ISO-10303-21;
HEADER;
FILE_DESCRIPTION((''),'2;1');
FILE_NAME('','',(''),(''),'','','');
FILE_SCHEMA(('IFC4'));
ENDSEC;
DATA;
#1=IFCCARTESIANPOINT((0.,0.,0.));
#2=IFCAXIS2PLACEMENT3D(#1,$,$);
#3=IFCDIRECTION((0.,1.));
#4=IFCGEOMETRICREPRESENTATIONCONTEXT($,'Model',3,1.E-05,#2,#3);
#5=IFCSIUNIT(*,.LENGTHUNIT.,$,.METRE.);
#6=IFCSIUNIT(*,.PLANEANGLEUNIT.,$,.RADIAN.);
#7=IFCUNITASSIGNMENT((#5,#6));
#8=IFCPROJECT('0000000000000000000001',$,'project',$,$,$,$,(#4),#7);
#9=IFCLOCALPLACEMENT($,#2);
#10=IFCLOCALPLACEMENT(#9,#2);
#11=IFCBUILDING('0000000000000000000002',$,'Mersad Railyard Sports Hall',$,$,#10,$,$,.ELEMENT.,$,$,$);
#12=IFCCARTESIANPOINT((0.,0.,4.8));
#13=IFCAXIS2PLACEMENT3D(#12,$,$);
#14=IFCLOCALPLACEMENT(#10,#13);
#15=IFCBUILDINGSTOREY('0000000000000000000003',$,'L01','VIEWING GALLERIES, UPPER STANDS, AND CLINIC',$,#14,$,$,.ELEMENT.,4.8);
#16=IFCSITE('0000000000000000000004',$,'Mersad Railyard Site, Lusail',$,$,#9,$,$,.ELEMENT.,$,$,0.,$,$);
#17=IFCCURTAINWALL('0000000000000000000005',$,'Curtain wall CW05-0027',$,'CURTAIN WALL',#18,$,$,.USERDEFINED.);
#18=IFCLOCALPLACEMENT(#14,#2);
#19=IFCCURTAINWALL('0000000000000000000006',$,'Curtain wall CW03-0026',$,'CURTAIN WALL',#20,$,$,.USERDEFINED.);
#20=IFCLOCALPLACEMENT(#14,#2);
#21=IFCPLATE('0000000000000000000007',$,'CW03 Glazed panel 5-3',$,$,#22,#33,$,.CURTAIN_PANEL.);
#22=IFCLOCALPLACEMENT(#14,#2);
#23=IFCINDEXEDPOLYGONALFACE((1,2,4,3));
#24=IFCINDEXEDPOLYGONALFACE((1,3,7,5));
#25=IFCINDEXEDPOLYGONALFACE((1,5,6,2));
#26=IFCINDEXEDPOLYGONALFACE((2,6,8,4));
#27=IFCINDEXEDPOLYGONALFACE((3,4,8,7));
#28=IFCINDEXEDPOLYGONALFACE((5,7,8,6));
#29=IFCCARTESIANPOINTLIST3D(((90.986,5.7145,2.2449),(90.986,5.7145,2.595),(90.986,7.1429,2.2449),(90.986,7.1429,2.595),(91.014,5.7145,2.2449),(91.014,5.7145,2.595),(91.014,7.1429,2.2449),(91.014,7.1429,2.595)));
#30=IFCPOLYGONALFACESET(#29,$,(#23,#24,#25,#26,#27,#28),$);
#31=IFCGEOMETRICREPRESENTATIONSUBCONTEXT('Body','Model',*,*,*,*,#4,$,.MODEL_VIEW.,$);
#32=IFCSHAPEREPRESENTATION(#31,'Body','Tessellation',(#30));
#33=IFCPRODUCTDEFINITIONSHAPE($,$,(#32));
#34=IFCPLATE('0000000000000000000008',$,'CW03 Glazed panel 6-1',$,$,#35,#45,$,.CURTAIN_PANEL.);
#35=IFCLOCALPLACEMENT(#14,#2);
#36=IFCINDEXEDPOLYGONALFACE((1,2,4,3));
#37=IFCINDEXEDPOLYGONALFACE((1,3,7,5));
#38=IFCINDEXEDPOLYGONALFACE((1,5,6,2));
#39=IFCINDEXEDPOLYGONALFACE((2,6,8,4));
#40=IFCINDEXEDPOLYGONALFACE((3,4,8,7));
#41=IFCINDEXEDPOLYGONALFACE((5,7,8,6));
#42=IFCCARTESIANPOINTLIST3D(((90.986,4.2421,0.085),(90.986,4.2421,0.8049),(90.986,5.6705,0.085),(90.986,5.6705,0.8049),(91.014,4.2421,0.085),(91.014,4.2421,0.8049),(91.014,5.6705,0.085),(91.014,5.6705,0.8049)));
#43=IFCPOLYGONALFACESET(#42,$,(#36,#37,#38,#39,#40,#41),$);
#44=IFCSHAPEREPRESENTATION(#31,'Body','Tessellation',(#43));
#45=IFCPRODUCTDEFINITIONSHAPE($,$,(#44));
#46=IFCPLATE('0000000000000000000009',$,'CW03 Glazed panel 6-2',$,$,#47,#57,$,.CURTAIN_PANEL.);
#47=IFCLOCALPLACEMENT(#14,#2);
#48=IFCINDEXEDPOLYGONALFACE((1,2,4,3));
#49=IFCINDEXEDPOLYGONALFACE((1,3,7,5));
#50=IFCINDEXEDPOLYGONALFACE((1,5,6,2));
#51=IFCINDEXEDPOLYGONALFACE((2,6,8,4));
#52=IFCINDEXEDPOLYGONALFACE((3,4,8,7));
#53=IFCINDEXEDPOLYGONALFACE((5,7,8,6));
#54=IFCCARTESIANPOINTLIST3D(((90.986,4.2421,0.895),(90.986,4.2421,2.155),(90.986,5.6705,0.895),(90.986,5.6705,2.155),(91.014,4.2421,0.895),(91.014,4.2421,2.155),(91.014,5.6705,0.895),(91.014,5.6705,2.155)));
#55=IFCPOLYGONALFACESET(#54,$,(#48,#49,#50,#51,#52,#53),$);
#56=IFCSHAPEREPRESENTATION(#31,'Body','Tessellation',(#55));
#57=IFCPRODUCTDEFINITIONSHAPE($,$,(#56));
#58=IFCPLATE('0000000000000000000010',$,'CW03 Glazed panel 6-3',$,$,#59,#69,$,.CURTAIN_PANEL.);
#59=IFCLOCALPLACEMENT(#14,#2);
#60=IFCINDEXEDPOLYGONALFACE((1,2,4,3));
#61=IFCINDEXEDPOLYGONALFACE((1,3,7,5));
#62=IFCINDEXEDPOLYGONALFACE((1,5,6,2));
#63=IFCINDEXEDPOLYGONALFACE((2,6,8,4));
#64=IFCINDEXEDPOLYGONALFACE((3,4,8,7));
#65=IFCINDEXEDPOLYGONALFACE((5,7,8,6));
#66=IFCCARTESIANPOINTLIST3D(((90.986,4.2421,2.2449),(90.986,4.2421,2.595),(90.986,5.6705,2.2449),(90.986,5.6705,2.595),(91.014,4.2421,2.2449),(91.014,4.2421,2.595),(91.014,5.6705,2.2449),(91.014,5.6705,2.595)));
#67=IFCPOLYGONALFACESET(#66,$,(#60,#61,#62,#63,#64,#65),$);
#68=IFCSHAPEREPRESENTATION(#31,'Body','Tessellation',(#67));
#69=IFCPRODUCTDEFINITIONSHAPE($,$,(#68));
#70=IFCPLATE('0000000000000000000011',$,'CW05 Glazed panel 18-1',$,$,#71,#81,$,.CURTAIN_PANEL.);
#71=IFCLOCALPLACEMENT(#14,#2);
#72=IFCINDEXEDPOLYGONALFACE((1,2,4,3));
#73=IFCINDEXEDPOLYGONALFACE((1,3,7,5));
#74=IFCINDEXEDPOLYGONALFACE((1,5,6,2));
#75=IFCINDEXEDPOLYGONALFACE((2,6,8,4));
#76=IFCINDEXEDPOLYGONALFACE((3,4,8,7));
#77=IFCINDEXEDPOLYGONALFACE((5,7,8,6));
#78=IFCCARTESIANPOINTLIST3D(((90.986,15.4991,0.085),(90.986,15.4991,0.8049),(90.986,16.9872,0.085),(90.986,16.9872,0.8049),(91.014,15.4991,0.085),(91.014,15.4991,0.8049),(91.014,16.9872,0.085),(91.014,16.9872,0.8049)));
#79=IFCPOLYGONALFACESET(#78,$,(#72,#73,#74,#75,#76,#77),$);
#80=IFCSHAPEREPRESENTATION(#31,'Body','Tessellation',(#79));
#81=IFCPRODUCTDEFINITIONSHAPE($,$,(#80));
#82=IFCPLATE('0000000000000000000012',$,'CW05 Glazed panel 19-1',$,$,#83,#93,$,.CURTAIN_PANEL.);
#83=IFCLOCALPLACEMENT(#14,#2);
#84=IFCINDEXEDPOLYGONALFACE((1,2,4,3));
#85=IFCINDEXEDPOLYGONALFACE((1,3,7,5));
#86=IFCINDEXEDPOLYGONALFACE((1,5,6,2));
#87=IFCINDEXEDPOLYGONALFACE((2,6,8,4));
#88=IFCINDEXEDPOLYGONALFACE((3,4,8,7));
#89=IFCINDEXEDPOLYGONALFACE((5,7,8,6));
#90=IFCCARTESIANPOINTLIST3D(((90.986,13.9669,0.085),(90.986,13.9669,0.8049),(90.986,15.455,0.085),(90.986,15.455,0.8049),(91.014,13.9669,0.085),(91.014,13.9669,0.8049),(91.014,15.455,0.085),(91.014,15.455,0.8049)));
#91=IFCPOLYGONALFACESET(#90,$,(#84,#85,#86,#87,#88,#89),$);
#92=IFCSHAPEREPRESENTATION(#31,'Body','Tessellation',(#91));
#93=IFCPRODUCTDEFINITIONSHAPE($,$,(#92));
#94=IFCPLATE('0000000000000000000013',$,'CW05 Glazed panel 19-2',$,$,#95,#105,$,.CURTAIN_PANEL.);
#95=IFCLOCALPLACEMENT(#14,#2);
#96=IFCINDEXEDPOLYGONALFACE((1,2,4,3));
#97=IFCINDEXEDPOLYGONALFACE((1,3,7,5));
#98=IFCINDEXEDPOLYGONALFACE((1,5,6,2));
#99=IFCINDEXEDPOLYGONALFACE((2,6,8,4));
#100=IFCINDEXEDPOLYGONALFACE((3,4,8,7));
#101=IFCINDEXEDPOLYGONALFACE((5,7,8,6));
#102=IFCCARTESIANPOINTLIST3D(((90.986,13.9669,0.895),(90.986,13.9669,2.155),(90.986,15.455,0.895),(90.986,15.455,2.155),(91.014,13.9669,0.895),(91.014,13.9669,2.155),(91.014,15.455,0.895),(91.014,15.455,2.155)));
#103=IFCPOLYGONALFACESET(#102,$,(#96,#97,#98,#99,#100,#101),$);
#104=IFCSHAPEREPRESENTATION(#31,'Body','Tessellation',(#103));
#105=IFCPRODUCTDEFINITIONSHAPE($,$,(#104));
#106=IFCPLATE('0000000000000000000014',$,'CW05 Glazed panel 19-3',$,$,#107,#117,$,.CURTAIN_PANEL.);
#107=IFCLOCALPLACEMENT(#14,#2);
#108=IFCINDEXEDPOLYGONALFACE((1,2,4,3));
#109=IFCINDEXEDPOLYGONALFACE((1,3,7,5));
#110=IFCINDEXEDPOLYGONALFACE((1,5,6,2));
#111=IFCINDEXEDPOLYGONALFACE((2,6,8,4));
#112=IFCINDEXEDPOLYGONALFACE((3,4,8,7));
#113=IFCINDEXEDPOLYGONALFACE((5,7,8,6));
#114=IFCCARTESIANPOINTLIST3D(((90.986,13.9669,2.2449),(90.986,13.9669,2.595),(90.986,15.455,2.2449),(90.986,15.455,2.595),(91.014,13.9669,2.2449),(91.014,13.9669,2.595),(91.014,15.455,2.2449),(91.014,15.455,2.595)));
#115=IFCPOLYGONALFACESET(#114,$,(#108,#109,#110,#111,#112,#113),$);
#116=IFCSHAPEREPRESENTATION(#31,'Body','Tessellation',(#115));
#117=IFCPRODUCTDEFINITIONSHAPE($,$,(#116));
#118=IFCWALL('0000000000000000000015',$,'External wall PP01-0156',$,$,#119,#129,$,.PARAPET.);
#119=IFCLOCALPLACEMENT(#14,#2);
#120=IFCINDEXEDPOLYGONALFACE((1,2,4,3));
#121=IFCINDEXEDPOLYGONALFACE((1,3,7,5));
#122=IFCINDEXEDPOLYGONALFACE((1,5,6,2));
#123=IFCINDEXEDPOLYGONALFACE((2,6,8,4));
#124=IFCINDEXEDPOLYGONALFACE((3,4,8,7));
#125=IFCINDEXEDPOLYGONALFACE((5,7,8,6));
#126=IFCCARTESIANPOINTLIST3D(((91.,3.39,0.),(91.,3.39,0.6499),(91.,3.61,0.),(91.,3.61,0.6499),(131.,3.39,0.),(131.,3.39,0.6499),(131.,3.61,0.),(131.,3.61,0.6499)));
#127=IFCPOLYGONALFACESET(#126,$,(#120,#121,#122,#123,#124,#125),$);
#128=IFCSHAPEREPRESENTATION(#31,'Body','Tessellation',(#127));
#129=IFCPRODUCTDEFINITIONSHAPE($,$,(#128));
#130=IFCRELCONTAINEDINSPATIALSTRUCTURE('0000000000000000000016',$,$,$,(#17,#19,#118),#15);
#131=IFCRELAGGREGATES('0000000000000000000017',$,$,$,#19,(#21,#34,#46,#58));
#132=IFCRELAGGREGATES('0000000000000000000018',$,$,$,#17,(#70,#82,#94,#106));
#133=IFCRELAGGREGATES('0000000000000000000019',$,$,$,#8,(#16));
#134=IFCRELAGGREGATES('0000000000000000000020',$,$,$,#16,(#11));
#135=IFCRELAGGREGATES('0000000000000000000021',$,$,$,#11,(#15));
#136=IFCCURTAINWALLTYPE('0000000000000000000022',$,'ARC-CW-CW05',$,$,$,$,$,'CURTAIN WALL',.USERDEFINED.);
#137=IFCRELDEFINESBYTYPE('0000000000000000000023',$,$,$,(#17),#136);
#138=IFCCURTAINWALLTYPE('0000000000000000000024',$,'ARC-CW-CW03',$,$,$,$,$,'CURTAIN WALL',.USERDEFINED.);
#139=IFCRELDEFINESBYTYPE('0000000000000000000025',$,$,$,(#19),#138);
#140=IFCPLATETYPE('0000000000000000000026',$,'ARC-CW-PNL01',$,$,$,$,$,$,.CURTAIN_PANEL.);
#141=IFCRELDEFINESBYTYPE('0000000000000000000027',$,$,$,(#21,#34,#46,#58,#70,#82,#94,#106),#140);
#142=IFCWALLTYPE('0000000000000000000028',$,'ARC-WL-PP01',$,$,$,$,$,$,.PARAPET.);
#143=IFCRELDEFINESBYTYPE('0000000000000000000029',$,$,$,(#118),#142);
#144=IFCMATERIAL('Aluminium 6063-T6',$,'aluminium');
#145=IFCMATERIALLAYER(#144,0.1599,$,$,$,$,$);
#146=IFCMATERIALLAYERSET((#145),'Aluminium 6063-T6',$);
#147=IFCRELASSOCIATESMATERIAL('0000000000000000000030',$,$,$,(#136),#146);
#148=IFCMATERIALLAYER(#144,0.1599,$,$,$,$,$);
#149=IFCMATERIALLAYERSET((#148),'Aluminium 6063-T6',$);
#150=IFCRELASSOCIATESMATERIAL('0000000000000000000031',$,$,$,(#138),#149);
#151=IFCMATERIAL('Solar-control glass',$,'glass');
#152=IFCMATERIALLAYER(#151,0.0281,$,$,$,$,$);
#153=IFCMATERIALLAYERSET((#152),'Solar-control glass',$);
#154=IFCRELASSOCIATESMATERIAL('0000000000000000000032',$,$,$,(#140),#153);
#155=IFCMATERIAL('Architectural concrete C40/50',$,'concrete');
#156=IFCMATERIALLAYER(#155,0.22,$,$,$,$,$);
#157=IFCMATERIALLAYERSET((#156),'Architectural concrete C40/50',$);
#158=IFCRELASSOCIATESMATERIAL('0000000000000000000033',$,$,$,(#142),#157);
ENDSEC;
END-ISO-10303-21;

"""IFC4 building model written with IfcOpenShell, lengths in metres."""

from ifc_helpers import new_model, si_unit, direction, frame, frame_2d, origin, origin_2d, place, context, subcontext, project, spatial, rectangle, extrude, material, layer, layer_set, type_object, element, aggregate, save


model = new_model("IFC4")

# Units and contexts
model_context = context("Model", 3, precision=1e-05, world=origin(), true_north=direction((0.0, 1.0)))
body_context = subcontext(model_context, "Body", "Model", "MODEL_VIEW")
ifc_project = project(units=[si_unit("LENGTHUNIT", "METRE"), si_unit("PLANEANGLEUNIT", "RADIAN")], contexts=[model_context])

# Site, building, storey
site_placement = place(None, origin())
site = spatial("IfcSite", under=ifc_project, at=site_placement, Name="Mersad Railyard Site, Lusail", CompositionType="ELEMENT", RefElevation=0.0)
building_placement = place(site_placement, origin())
building = spatial("IfcBuilding", under=site, at=building_placement, Name="Mersad Railyard Sports Hall", CompositionType="ELEMENT")
storey_placement = place(building_placement, frame((0.0, 0.0, 4.8)))
storey = spatial("IfcBuildingStorey", under=building, at=storey_placement, Name="L01", Description="VIEWING GALLERIES, UPPER STANDS, AND CLINIC", CompositionType="ELEMENT", Elevation=4.8)

# Curtain walls
ifc_material_1 = material(Name="Aluminium 6063-T6", Category="aluminium")
ifc_layer_1 = layer(ifc_material_1, 0.1599)
ifc_layer_set_1 = layer_set([ifc_layer_1], Name="Aluminium 6063-T6")
curtain_wall_type_1 = type_object("IfcCurtainWallType", Name="ARC-CW-CW05", ElementType="CURTAIN WALL", PredefinedType="USERDEFINED", material=ifc_layer_set_1)
curtain_wall_1_placement = place(storey_placement, origin())
curtain_wall_1 = element("IfcCurtainWall", 1, at=curtain_wall_1_placement, inside=storey, type_object=curtain_wall_type_1, Name="Curtain wall CW05-0027", ObjectType="CURTAIN WALL", PredefinedType="USERDEFINED")
ifc_layer_2 = layer(ifc_material_1, 0.1599)
ifc_layer_set_2 = layer_set([ifc_layer_2], Name="Aluminium 6063-T6")
curtain_wall_type_2 = type_object("IfcCurtainWallType", Name="ARC-CW-CW03", ElementType="CURTAIN WALL", PredefinedType="USERDEFINED", material=ifc_layer_set_2)
curtain_wall_2_placement = place(storey_placement, origin())
curtain_wall_2 = element("IfcCurtainWall", 2, at=curtain_wall_2_placement, inside=storey, type_object=curtain_wall_type_2, Name="Curtain wall CW03-0026", ObjectType="CURTAIN WALL", PredefinedType="USERDEFINED")

# Plates
ifc_material_2 = material(Name="Solar-control glass", Category="glass")
ifc_layer_3 = layer(ifc_material_2, 0.0281)
ifc_layer_set_3 = layer_set([ifc_layer_3], Name="Solar-control glass")
plate_type = type_object("IfcPlateType", Name="ARC-CW-PNL01", PredefinedType="CURTAIN_PANEL", material=ifc_layer_set_3)
plate_1_placement = place(storey_placement, frame((91.0, 6.4287, 2.2449), z_axis=(0.0, 0.0, 1.0), x_axis=(0.0, -1.0, 0.0)))
plate_1 = element("IfcPlate", 3, at=plate_1_placement, type_object=plate_type, Name="CW03 Glazed panel 5-3", PredefinedType="CURTAIN_PANEL", context=body_context, shape_type="SweptSolid", body=[
    extrude(rectangle(XDim=1.4285, YDim=0.0281, at=origin_2d()), origin(), (0.0, 0.0, 1.0), 0.3501),
])
plate_2_placement = place(storey_placement, frame((91.0, 4.9563, 0.085), z_axis=(0.0, 0.0, 1.0), x_axis=(0.0, -1.0, 0.0)))
plate_2 = element("IfcPlate", 4, at=plate_2_placement, type_object=plate_type, Name="CW03 Glazed panel 6-1", PredefinedType="CURTAIN_PANEL", context=body_context, shape_type="SweptSolid", body=[
    extrude(rectangle(XDim=1.4285, YDim=0.0281, at=origin_2d()), origin(), (0.0, 0.0, 1.0), 0.72),
])
plate_3_placement = place(storey_placement, frame((91.0, 4.9563, 0.895), z_axis=(0.0, 0.0, 1.0), x_axis=(0.0, -1.0, 0.0)))
plate_3 = element("IfcPlate", 5, at=plate_3_placement, type_object=plate_type, Name="CW03 Glazed panel 6-2", PredefinedType="CURTAIN_PANEL", context=body_context, shape_type="SweptSolid", body=[
    extrude(rectangle(XDim=1.4285, YDim=0.0281, at=origin_2d()), origin(), (0.0, 0.0, 1.0), 1.26),
])
plate_4_placement = place(storey_placement, frame((91.0, 4.9563, 2.2449), z_axis=(0.0, 0.0, 1.0), x_axis=(0.0, -1.0, 0.0)))
plate_4 = element("IfcPlate", 6, at=plate_4_placement, type_object=plate_type, Name="CW03 Glazed panel 6-3", PredefinedType="CURTAIN_PANEL", context=body_context, shape_type="SweptSolid", body=[
    extrude(rectangle(XDim=1.4285, YDim=0.0281, at=origin_2d()), origin(), (0.0, 0.0, 1.0), 0.3501),
])
aggregate(curtain_wall_2, [plate_1, plate_2, plate_3, plate_4])
plate_5_placement = place(storey_placement, frame((91.0, 16.2432, 0.085), z_axis=(0.0, 0.0, 1.0), x_axis=(0.0, -1.0, 0.0)))
plate_5 = element("IfcPlate", 7, at=plate_5_placement, type_object=plate_type, Name="CW05 Glazed panel 18-1", PredefinedType="CURTAIN_PANEL", context=body_context, shape_type="SweptSolid", body=[
    extrude(rectangle(XDim=1.488, YDim=0.0281, at=origin_2d()), origin(), (0.0, 0.0, 1.0), 0.72),
])
plate_6_placement = place(storey_placement, frame((91.0, 14.7109, 0.085), z_axis=(0.0, 0.0, 1.0), x_axis=(0.0, -1.0, 0.0)))
plate_6 = element("IfcPlate", 8, at=plate_6_placement, type_object=plate_type, Name="CW05 Glazed panel 19-1", PredefinedType="CURTAIN_PANEL", context=body_context, shape_type="SweptSolid", body=[
    extrude(rectangle(XDim=1.488, YDim=0.0281, at=origin_2d()), origin(), (0.0, 0.0, 1.0), 0.72),
])
plate_7_placement = place(storey_placement, frame((91.0, 14.7109, 0.895), z_axis=(0.0, 0.0, 1.0), x_axis=(0.0, -1.0, 0.0)))
plate_7 = element("IfcPlate", 9, at=plate_7_placement, type_object=plate_type, Name="CW05 Glazed panel 19-2", PredefinedType="CURTAIN_PANEL", context=body_context, shape_type="SweptSolid", body=[
    extrude(rectangle(XDim=1.488, YDim=0.0281, at=origin_2d()), origin(), (0.0, 0.0, 1.0), 1.26),
])
plate_8_placement = place(storey_placement, frame((91.0, 14.7109, 2.2449), z_axis=(0.0, 0.0, 1.0), x_axis=(0.0, -1.0, 0.0)))
plate_8 = element("IfcPlate", 10, at=plate_8_placement, type_object=plate_type, Name="CW05 Glazed panel 19-3", PredefinedType="CURTAIN_PANEL", context=body_context, shape_type="SweptSolid", body=[
    extrude(rectangle(XDim=1.488, YDim=0.0281, at=origin_2d()), origin(), (0.0, 0.0, 1.0), 0.3501),
])
aggregate(curtain_wall_1, [plate_5, plate_6, plate_7, plate_8])

# Wall
ifc_material_3 = material(Name="Architectural concrete C40/50", Category="concrete")
ifc_layer_4 = layer(ifc_material_3, 0.22)
ifc_layer_set_4 = layer_set([ifc_layer_4], Name="Architectural concrete C40/50")
wall_type = type_object("IfcWallType", Name="ARC-WL-PP01", PredefinedType="PARAPET", material=ifc_layer_set_4)
wall_placement = place(storey_placement, frame((91.0, 3.5, 0.0), z_axis=(0.0, 0.0, 1.0), x_axis=(1.0, 0.0, 0.0)))
element("IfcWall", 11, at=wall_placement, inside=storey, type_object=wall_type, Name="External wall PP01-0156", PredefinedType="PARAPET", context=body_context, shape_type="SweptSolid", body=[
    extrude(rectangle(XDim=40.0, YDim=0.22, at=frame_2d((20.0, 0.0))), origin(), (0.0, 0.0, 1.0), 0.6499),
])

save(model, "model.ifc")
